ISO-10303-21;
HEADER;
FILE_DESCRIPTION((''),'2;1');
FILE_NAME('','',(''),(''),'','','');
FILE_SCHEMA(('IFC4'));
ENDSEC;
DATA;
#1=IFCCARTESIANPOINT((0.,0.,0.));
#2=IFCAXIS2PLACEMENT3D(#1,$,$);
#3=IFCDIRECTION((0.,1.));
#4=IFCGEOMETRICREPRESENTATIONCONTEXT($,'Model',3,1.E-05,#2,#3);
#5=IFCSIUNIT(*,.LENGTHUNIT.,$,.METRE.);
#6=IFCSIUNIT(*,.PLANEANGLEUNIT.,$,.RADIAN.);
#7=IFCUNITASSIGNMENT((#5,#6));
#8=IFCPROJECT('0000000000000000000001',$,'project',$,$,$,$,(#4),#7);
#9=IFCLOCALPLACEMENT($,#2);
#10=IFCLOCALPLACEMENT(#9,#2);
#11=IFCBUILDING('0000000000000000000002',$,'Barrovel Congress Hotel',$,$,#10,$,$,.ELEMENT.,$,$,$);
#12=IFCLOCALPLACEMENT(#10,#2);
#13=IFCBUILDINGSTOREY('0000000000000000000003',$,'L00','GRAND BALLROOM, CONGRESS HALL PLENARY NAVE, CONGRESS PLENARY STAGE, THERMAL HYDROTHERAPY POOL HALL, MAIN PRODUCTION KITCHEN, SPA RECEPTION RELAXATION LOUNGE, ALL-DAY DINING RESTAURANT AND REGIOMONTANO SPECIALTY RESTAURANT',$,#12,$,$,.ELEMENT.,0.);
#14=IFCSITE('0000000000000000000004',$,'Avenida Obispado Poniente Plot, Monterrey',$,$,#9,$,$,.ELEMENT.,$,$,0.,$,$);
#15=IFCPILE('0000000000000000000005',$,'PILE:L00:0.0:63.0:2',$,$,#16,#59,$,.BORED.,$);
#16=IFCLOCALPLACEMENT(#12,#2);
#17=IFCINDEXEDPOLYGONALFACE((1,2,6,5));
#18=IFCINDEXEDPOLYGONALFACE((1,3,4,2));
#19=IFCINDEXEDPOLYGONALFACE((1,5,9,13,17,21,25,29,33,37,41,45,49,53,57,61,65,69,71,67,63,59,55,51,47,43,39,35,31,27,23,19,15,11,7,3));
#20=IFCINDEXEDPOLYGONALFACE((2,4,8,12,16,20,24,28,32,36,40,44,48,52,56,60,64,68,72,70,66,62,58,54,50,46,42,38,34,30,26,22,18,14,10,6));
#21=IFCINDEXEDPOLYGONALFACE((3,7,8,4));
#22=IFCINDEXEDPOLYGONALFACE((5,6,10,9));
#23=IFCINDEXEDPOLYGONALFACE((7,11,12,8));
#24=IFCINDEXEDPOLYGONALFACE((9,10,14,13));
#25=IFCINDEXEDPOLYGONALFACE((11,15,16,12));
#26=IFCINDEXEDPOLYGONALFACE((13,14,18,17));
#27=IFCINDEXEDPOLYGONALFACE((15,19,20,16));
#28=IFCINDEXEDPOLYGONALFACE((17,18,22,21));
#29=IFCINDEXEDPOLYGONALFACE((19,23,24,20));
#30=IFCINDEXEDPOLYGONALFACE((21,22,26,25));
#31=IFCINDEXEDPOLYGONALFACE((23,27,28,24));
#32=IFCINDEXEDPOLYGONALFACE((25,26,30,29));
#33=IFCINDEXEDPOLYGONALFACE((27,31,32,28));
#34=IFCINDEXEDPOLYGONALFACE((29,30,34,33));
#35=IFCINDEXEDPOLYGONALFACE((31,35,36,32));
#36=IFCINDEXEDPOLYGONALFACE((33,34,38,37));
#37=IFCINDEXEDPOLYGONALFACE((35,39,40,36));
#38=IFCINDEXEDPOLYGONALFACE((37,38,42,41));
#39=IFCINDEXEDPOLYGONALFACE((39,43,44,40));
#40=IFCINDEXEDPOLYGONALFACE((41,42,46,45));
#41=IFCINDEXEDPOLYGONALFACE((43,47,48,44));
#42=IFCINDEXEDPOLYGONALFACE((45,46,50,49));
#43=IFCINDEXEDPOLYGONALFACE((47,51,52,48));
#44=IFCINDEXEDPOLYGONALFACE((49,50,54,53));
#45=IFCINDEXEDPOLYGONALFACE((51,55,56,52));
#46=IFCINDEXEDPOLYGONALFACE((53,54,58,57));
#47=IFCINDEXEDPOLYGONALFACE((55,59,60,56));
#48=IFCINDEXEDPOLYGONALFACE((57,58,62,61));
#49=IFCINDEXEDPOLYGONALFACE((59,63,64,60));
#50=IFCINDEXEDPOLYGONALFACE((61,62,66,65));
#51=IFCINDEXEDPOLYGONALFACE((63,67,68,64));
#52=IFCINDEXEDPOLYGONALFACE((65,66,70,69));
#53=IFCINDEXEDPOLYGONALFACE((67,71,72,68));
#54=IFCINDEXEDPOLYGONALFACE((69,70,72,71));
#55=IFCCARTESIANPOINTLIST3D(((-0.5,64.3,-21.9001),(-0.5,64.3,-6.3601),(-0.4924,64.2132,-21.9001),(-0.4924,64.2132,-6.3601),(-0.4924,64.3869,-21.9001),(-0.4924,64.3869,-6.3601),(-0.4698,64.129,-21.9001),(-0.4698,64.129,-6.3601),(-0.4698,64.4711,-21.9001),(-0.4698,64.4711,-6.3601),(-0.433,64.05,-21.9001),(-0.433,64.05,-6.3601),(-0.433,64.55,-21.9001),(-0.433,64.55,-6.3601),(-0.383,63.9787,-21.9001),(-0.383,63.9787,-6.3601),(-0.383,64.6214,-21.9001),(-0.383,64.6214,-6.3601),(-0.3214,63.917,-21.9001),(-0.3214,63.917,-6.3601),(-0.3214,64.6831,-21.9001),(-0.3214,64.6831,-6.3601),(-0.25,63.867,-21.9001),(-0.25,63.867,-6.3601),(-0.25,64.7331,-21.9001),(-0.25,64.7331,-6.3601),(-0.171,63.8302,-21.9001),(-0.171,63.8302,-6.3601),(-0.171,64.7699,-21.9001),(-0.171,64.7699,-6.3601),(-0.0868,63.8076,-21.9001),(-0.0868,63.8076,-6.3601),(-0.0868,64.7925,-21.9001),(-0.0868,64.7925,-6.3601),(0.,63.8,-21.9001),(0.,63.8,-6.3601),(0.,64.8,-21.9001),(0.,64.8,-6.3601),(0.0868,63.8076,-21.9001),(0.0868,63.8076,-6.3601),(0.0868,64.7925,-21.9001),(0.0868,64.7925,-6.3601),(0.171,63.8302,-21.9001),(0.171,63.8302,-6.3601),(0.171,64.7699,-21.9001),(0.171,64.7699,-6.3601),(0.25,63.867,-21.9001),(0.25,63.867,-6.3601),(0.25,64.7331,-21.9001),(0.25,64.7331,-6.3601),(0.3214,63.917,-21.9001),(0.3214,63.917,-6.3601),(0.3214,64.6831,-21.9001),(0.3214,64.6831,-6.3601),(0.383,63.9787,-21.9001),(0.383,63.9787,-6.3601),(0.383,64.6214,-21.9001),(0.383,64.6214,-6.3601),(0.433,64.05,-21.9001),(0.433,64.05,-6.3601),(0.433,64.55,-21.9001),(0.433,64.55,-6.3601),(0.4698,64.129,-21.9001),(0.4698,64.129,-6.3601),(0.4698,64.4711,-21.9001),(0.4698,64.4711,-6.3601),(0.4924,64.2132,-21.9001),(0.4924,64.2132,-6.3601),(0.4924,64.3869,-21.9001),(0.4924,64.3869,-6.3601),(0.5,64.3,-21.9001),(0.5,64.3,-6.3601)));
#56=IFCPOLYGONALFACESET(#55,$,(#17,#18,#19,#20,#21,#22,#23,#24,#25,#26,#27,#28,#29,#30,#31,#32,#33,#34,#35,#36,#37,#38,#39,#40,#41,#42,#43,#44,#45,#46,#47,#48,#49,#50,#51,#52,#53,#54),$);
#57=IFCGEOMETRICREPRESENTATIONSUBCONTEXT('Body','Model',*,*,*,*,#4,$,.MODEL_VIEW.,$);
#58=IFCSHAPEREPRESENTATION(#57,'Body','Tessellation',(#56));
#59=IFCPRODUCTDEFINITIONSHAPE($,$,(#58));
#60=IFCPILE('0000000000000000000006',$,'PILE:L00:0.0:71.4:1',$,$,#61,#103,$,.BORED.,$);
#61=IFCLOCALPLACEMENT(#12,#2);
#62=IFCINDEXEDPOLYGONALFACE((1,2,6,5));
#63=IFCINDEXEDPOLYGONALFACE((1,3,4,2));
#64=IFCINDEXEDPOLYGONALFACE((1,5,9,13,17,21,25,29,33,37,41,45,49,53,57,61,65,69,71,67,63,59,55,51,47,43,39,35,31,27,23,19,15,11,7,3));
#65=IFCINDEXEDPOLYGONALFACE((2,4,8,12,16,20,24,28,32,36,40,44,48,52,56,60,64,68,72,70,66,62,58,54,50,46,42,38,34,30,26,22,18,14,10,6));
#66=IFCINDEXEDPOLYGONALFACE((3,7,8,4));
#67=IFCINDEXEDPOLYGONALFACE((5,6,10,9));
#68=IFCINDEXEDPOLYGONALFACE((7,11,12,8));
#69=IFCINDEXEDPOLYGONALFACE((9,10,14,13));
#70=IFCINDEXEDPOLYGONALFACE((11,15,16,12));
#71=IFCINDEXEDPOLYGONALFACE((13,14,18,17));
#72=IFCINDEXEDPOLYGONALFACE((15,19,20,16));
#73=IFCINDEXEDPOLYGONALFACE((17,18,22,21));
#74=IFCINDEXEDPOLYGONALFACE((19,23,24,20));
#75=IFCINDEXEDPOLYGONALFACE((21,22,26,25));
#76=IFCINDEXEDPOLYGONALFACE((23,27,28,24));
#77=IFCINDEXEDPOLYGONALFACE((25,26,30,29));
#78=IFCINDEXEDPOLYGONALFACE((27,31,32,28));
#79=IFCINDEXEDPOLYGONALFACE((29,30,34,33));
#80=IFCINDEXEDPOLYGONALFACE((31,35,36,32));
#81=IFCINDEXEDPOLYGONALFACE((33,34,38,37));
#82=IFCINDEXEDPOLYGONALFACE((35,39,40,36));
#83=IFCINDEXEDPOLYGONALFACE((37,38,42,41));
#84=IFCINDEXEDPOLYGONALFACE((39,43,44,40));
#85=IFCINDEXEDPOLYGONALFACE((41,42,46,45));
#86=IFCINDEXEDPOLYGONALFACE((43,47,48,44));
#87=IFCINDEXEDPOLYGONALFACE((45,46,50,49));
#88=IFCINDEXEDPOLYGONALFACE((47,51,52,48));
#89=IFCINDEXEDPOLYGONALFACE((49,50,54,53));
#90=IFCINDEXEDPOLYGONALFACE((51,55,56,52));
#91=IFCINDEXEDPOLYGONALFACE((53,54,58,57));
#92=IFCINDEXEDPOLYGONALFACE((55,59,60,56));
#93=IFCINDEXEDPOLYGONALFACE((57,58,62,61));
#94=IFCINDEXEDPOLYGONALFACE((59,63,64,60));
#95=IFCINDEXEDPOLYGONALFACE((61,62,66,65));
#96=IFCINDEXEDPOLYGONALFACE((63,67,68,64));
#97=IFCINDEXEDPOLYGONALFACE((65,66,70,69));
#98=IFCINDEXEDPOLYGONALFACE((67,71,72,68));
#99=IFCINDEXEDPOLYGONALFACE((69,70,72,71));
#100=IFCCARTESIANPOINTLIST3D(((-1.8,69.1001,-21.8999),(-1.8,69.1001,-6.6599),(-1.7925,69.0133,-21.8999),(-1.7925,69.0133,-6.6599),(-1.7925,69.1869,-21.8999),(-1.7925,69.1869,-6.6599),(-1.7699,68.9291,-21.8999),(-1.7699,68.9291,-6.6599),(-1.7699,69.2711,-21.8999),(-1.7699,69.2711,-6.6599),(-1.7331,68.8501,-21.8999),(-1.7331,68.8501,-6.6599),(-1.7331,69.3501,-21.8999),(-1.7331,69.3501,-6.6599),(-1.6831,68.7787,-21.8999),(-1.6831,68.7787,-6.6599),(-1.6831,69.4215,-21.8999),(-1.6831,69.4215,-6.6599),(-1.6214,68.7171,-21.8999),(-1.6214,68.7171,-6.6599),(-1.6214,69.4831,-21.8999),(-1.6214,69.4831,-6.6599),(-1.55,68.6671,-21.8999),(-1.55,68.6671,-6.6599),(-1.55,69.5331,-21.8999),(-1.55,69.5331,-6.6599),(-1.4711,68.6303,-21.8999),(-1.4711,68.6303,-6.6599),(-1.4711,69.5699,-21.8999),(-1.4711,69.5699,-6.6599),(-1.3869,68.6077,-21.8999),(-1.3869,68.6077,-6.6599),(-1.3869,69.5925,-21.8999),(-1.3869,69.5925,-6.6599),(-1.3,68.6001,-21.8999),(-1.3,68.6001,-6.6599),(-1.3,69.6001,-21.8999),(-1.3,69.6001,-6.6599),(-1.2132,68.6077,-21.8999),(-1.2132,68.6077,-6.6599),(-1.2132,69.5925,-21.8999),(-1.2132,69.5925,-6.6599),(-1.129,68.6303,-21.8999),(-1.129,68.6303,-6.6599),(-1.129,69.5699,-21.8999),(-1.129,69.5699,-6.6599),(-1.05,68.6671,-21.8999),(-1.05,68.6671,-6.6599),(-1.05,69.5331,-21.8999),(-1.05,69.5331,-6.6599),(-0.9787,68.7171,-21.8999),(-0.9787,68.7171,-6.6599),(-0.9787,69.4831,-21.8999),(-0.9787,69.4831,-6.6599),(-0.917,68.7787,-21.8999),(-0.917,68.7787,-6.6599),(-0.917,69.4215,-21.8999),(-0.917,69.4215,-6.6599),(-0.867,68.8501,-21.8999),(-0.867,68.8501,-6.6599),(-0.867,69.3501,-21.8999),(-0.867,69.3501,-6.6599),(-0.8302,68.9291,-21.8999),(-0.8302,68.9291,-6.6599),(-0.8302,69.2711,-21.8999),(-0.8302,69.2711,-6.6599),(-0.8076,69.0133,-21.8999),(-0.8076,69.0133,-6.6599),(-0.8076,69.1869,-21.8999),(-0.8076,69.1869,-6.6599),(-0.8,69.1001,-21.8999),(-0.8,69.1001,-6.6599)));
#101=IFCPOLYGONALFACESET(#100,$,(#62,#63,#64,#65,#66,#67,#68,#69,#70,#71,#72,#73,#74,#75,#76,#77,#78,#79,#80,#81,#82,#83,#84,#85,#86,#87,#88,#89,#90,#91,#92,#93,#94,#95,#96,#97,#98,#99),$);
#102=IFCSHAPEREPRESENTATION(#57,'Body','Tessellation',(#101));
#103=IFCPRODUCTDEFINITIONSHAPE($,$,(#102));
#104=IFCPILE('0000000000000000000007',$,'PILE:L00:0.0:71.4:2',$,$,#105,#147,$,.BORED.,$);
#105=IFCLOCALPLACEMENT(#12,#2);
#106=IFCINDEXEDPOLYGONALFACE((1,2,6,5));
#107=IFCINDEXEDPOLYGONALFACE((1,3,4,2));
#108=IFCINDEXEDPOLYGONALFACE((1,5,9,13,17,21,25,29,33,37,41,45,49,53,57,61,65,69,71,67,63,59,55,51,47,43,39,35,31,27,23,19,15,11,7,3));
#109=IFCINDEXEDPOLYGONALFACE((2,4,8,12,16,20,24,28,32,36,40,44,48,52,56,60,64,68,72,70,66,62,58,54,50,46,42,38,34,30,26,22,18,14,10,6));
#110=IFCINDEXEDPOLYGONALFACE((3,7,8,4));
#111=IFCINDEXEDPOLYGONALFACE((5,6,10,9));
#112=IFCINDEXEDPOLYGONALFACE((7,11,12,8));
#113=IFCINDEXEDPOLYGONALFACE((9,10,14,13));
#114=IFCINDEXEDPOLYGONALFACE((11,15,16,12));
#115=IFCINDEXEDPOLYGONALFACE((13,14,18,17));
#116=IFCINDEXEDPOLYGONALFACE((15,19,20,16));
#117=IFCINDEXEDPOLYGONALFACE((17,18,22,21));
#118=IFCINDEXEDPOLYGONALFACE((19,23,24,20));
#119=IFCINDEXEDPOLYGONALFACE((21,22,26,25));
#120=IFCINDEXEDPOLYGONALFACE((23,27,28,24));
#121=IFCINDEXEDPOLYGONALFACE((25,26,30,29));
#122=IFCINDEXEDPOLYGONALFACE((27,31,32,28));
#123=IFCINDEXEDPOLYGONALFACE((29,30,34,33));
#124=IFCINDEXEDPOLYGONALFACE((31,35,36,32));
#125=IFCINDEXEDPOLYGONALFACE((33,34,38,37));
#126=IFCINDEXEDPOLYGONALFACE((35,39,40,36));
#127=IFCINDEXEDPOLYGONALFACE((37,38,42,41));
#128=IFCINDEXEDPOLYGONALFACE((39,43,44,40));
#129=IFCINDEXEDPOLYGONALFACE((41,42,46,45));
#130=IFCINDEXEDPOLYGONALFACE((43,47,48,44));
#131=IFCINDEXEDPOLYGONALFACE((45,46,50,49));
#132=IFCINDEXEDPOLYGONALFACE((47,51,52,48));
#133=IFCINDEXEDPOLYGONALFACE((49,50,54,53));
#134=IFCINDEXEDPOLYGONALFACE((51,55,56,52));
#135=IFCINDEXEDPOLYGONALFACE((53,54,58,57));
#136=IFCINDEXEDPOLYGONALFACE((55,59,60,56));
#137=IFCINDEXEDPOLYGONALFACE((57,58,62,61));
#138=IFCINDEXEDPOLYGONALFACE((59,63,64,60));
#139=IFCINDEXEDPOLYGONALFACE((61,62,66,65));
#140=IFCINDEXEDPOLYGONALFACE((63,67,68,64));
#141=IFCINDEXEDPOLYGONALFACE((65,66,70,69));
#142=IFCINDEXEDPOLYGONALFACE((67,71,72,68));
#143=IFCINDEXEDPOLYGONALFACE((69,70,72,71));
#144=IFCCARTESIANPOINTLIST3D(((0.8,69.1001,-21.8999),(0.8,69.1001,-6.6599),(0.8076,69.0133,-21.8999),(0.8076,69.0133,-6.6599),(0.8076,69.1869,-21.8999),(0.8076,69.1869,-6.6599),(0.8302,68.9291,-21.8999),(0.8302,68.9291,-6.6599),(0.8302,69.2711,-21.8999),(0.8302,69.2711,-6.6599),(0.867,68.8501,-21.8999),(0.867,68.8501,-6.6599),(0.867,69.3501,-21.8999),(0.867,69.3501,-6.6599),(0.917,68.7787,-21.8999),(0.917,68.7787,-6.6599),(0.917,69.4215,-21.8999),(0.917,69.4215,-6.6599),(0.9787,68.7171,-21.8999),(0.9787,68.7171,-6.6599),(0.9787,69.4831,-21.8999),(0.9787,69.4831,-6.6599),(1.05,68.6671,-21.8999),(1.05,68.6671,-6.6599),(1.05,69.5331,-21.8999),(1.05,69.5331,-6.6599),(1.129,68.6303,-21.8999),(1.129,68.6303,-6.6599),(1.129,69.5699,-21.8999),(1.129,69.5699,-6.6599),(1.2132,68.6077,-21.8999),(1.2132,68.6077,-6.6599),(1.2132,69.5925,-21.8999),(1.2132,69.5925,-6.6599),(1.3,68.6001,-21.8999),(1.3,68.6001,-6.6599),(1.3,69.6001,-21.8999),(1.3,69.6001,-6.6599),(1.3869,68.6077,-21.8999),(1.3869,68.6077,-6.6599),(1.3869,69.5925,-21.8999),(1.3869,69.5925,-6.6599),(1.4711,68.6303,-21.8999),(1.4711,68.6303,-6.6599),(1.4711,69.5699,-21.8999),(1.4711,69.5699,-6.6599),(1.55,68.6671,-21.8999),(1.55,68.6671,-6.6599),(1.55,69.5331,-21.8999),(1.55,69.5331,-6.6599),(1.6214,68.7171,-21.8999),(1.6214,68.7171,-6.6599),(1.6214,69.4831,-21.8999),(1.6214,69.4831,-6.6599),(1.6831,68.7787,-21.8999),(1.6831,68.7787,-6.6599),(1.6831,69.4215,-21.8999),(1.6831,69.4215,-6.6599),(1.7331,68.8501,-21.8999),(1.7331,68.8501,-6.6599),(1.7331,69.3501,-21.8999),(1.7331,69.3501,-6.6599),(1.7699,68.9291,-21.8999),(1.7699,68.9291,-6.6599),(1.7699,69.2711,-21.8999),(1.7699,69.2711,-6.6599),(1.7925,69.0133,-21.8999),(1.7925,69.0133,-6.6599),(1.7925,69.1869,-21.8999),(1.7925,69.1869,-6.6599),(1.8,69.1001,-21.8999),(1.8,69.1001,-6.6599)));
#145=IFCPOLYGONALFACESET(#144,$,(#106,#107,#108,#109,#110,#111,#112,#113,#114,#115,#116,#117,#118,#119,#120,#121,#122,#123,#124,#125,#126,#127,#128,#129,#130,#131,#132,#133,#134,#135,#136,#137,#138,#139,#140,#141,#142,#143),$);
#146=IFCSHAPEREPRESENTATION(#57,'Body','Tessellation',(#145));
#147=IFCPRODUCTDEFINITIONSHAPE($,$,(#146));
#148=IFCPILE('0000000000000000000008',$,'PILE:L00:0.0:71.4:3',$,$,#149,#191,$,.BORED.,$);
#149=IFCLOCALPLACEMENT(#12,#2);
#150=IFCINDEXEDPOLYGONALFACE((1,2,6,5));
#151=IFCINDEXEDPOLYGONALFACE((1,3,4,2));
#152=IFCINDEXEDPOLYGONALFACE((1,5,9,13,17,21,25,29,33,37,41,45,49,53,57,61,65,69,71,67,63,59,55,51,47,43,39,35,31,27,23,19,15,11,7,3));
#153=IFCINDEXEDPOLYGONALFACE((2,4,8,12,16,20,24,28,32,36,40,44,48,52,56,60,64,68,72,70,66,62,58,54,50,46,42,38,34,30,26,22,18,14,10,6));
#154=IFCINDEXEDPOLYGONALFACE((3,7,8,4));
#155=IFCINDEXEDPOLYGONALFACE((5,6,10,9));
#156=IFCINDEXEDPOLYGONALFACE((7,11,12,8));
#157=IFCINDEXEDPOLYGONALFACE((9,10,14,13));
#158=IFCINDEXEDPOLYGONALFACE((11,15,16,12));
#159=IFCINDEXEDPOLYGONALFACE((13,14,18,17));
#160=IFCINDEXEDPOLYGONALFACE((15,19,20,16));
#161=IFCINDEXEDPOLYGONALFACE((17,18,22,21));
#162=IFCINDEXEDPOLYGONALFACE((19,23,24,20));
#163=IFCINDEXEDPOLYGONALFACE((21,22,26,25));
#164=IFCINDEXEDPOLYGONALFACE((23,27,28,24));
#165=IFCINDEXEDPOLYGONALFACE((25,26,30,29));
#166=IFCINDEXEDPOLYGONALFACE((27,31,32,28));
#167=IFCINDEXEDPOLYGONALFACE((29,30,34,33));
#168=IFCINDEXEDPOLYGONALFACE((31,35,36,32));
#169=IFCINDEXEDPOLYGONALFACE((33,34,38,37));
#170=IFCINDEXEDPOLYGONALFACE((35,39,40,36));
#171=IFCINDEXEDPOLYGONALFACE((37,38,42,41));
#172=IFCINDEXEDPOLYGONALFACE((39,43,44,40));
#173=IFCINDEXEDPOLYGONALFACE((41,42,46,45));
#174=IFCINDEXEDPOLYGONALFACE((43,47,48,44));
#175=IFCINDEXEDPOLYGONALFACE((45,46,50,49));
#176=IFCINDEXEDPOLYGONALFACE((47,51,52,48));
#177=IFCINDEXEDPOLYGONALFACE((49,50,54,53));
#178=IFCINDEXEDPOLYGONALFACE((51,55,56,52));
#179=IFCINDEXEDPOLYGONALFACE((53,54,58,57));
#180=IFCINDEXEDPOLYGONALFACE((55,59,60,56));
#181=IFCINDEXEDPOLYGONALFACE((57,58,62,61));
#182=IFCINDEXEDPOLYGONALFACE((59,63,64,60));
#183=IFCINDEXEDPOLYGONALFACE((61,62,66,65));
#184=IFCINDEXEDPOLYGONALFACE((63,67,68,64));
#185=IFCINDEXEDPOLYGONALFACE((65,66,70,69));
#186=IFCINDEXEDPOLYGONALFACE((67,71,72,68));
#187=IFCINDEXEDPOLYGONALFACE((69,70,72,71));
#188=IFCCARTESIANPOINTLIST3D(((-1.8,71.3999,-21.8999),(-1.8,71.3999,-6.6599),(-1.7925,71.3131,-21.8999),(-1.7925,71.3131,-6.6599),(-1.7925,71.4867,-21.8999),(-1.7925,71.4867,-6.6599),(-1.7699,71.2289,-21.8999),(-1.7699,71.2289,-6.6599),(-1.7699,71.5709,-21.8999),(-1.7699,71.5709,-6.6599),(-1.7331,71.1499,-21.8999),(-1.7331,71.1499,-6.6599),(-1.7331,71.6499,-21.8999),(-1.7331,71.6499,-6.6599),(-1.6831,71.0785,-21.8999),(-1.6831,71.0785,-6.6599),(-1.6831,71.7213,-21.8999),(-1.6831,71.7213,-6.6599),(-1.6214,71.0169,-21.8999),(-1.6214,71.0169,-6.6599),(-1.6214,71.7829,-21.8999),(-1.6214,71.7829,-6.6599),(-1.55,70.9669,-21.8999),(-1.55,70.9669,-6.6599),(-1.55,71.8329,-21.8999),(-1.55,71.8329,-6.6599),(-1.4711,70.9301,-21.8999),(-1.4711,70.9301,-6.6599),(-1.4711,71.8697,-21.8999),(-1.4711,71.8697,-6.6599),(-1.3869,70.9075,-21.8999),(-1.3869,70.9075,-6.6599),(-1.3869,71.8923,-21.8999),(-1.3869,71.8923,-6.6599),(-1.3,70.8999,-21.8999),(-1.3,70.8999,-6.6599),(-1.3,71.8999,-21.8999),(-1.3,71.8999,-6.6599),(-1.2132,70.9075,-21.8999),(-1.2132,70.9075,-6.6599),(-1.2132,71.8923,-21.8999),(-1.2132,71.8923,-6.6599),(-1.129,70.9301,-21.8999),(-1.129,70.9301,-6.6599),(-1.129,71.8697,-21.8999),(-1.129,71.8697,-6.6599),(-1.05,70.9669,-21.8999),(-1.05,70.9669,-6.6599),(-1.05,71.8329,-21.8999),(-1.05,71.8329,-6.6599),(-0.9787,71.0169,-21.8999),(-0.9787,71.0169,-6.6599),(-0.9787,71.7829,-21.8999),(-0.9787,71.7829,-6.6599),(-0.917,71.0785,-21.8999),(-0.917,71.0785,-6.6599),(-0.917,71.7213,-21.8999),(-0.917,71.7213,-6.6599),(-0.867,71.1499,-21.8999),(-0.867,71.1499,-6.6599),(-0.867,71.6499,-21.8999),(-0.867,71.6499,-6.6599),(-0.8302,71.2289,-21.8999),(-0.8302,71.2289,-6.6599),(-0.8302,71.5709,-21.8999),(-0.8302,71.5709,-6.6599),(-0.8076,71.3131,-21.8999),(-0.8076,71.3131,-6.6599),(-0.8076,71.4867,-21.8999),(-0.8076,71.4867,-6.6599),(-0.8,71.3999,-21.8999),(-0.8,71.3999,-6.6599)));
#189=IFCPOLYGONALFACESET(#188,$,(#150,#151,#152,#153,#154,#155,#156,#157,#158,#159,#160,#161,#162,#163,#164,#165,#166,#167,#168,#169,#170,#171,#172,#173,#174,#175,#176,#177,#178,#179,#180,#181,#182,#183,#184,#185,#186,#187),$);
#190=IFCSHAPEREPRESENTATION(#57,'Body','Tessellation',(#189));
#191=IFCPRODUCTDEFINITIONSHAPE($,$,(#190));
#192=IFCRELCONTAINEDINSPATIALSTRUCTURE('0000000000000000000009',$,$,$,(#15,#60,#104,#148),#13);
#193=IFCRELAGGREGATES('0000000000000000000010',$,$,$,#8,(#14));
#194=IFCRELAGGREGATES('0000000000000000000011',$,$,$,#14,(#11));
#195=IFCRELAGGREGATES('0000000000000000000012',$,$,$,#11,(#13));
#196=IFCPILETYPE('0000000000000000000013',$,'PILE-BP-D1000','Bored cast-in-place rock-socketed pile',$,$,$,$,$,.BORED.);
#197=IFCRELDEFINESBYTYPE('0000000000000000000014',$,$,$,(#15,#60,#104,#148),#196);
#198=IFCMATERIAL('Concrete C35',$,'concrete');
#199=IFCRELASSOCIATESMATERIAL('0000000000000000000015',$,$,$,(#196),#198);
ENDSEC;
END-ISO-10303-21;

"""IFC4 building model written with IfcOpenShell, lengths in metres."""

from ifc_helpers import new_model, si_unit, direction, frame, origin, origin_2d, place, context, subcontext, project, spatial, circle, extrude, material, material_profile, profile_set, type_object, element, save


model = new_model("IFC4")

# Units and contexts
model_context = context("Model", 3, precision=1e-05, world=origin(), true_north=direction((0.0, 1.0)))
body_context = subcontext(model_context, "Body", "Model", "MODEL_VIEW")
ifc_project = project(units=[si_unit("LENGTHUNIT", "METRE"), si_unit("PLANEANGLEUNIT", "RADIAN")], contexts=[model_context])

# Site, building, storey
site_placement = place(None, origin())
site = spatial("IfcSite", under=ifc_project, at=site_placement, Name="Avenida Obispado Poniente Plot, Monterrey", CompositionType="ELEMENT", RefElevation=0.0)
building_placement = place(site_placement, origin())
building = spatial("IfcBuilding", under=site, at=building_placement, Name="Barrovel Congress Hotel", CompositionType="ELEMENT")
storey_placement = place(building_placement, origin())
storey = spatial("IfcBuildingStorey", under=building, at=storey_placement, Name="L00", Description="GRAND BALLROOM, CONGRESS HALL PLENARY NAVE, CONGRESS PLENARY STAGE, THERMAL HYDROTHERAPY POOL HALL, MAIN PRODUCTION KITCHEN, SPA RECEPTION RELAXATION LOUNGE, ALL-DAY DINING RESTAURANT AND REGIOMONTANO SPECIALTY RESTAURANT", CompositionType="ELEMENT", Elevation=0.0)

# Piles
ifc_material_1 = material(Name="Concrete C35", Category="concrete")
ifc_material_profile_1 = material_profile(ifc_material_1, circle(Radius=0.5, at=origin_2d()), Name="BP-D1000")
ifc_profile_set_1 = profile_set([ifc_material_profile_1], Name="Concrete C35")
pile_type = type_object("IfcPileType", Name="PILE-BP-D1000", Description="Bored cast-in-place rock-socketed pile", PredefinedType="BORED", material=ifc_profile_set_1)
for number, where, z_axis, x_axis, name in (
    (1, (0.0, 64.3, -6.3601), (0.0, 0.0, -1.0), (1.0, 0.0, 0.0), "PILE:L00:0.0:63.0:2"),
):
    element("IfcPile", number, at=place(storey_placement, frame(where, z_axis=z_axis, x_axis=x_axis)), inside=storey, type_object=pile_type, Name=name, PredefinedType="BORED", context=body_context, shape_type="SweptSolid", body=[
        extrude(circle(Radius=0.5, at=origin_2d()), origin(), (0.0, 0.0, 1.0), 15.54),
    ])
for number, where, z_axis, x_axis, name in (
    (2, (-1.3, 69.1001, -6.6599), (0.0, 0.0, -1.0), (1.0, 0.0, 0.0), "PILE:L00:0.0:71.4:1"),
    (3, (1.3, 69.1001, -6.6599), (0.0, 0.0, -1.0), (1.0, 0.0, 0.0), "PILE:L00:0.0:71.4:2"),
    (4, (-1.3, 71.3999, -6.6599), (0.0, 0.0, -1.0), (1.0, 0.0, 0.0), "PILE:L00:0.0:71.4:3"),
):
    element("IfcPile", number, at=place(storey_placement, frame(where, z_axis=z_axis, x_axis=x_axis)), inside=storey, type_object=pile_type, Name=name, PredefinedType="BORED", context=body_context, shape_type="SweptSolid", body=[
        extrude(circle(Radius=0.5, at=origin_2d()), origin(), (0.0, 0.0, 1.0), 15.24),
    ])

save(model, "model.ifc")
